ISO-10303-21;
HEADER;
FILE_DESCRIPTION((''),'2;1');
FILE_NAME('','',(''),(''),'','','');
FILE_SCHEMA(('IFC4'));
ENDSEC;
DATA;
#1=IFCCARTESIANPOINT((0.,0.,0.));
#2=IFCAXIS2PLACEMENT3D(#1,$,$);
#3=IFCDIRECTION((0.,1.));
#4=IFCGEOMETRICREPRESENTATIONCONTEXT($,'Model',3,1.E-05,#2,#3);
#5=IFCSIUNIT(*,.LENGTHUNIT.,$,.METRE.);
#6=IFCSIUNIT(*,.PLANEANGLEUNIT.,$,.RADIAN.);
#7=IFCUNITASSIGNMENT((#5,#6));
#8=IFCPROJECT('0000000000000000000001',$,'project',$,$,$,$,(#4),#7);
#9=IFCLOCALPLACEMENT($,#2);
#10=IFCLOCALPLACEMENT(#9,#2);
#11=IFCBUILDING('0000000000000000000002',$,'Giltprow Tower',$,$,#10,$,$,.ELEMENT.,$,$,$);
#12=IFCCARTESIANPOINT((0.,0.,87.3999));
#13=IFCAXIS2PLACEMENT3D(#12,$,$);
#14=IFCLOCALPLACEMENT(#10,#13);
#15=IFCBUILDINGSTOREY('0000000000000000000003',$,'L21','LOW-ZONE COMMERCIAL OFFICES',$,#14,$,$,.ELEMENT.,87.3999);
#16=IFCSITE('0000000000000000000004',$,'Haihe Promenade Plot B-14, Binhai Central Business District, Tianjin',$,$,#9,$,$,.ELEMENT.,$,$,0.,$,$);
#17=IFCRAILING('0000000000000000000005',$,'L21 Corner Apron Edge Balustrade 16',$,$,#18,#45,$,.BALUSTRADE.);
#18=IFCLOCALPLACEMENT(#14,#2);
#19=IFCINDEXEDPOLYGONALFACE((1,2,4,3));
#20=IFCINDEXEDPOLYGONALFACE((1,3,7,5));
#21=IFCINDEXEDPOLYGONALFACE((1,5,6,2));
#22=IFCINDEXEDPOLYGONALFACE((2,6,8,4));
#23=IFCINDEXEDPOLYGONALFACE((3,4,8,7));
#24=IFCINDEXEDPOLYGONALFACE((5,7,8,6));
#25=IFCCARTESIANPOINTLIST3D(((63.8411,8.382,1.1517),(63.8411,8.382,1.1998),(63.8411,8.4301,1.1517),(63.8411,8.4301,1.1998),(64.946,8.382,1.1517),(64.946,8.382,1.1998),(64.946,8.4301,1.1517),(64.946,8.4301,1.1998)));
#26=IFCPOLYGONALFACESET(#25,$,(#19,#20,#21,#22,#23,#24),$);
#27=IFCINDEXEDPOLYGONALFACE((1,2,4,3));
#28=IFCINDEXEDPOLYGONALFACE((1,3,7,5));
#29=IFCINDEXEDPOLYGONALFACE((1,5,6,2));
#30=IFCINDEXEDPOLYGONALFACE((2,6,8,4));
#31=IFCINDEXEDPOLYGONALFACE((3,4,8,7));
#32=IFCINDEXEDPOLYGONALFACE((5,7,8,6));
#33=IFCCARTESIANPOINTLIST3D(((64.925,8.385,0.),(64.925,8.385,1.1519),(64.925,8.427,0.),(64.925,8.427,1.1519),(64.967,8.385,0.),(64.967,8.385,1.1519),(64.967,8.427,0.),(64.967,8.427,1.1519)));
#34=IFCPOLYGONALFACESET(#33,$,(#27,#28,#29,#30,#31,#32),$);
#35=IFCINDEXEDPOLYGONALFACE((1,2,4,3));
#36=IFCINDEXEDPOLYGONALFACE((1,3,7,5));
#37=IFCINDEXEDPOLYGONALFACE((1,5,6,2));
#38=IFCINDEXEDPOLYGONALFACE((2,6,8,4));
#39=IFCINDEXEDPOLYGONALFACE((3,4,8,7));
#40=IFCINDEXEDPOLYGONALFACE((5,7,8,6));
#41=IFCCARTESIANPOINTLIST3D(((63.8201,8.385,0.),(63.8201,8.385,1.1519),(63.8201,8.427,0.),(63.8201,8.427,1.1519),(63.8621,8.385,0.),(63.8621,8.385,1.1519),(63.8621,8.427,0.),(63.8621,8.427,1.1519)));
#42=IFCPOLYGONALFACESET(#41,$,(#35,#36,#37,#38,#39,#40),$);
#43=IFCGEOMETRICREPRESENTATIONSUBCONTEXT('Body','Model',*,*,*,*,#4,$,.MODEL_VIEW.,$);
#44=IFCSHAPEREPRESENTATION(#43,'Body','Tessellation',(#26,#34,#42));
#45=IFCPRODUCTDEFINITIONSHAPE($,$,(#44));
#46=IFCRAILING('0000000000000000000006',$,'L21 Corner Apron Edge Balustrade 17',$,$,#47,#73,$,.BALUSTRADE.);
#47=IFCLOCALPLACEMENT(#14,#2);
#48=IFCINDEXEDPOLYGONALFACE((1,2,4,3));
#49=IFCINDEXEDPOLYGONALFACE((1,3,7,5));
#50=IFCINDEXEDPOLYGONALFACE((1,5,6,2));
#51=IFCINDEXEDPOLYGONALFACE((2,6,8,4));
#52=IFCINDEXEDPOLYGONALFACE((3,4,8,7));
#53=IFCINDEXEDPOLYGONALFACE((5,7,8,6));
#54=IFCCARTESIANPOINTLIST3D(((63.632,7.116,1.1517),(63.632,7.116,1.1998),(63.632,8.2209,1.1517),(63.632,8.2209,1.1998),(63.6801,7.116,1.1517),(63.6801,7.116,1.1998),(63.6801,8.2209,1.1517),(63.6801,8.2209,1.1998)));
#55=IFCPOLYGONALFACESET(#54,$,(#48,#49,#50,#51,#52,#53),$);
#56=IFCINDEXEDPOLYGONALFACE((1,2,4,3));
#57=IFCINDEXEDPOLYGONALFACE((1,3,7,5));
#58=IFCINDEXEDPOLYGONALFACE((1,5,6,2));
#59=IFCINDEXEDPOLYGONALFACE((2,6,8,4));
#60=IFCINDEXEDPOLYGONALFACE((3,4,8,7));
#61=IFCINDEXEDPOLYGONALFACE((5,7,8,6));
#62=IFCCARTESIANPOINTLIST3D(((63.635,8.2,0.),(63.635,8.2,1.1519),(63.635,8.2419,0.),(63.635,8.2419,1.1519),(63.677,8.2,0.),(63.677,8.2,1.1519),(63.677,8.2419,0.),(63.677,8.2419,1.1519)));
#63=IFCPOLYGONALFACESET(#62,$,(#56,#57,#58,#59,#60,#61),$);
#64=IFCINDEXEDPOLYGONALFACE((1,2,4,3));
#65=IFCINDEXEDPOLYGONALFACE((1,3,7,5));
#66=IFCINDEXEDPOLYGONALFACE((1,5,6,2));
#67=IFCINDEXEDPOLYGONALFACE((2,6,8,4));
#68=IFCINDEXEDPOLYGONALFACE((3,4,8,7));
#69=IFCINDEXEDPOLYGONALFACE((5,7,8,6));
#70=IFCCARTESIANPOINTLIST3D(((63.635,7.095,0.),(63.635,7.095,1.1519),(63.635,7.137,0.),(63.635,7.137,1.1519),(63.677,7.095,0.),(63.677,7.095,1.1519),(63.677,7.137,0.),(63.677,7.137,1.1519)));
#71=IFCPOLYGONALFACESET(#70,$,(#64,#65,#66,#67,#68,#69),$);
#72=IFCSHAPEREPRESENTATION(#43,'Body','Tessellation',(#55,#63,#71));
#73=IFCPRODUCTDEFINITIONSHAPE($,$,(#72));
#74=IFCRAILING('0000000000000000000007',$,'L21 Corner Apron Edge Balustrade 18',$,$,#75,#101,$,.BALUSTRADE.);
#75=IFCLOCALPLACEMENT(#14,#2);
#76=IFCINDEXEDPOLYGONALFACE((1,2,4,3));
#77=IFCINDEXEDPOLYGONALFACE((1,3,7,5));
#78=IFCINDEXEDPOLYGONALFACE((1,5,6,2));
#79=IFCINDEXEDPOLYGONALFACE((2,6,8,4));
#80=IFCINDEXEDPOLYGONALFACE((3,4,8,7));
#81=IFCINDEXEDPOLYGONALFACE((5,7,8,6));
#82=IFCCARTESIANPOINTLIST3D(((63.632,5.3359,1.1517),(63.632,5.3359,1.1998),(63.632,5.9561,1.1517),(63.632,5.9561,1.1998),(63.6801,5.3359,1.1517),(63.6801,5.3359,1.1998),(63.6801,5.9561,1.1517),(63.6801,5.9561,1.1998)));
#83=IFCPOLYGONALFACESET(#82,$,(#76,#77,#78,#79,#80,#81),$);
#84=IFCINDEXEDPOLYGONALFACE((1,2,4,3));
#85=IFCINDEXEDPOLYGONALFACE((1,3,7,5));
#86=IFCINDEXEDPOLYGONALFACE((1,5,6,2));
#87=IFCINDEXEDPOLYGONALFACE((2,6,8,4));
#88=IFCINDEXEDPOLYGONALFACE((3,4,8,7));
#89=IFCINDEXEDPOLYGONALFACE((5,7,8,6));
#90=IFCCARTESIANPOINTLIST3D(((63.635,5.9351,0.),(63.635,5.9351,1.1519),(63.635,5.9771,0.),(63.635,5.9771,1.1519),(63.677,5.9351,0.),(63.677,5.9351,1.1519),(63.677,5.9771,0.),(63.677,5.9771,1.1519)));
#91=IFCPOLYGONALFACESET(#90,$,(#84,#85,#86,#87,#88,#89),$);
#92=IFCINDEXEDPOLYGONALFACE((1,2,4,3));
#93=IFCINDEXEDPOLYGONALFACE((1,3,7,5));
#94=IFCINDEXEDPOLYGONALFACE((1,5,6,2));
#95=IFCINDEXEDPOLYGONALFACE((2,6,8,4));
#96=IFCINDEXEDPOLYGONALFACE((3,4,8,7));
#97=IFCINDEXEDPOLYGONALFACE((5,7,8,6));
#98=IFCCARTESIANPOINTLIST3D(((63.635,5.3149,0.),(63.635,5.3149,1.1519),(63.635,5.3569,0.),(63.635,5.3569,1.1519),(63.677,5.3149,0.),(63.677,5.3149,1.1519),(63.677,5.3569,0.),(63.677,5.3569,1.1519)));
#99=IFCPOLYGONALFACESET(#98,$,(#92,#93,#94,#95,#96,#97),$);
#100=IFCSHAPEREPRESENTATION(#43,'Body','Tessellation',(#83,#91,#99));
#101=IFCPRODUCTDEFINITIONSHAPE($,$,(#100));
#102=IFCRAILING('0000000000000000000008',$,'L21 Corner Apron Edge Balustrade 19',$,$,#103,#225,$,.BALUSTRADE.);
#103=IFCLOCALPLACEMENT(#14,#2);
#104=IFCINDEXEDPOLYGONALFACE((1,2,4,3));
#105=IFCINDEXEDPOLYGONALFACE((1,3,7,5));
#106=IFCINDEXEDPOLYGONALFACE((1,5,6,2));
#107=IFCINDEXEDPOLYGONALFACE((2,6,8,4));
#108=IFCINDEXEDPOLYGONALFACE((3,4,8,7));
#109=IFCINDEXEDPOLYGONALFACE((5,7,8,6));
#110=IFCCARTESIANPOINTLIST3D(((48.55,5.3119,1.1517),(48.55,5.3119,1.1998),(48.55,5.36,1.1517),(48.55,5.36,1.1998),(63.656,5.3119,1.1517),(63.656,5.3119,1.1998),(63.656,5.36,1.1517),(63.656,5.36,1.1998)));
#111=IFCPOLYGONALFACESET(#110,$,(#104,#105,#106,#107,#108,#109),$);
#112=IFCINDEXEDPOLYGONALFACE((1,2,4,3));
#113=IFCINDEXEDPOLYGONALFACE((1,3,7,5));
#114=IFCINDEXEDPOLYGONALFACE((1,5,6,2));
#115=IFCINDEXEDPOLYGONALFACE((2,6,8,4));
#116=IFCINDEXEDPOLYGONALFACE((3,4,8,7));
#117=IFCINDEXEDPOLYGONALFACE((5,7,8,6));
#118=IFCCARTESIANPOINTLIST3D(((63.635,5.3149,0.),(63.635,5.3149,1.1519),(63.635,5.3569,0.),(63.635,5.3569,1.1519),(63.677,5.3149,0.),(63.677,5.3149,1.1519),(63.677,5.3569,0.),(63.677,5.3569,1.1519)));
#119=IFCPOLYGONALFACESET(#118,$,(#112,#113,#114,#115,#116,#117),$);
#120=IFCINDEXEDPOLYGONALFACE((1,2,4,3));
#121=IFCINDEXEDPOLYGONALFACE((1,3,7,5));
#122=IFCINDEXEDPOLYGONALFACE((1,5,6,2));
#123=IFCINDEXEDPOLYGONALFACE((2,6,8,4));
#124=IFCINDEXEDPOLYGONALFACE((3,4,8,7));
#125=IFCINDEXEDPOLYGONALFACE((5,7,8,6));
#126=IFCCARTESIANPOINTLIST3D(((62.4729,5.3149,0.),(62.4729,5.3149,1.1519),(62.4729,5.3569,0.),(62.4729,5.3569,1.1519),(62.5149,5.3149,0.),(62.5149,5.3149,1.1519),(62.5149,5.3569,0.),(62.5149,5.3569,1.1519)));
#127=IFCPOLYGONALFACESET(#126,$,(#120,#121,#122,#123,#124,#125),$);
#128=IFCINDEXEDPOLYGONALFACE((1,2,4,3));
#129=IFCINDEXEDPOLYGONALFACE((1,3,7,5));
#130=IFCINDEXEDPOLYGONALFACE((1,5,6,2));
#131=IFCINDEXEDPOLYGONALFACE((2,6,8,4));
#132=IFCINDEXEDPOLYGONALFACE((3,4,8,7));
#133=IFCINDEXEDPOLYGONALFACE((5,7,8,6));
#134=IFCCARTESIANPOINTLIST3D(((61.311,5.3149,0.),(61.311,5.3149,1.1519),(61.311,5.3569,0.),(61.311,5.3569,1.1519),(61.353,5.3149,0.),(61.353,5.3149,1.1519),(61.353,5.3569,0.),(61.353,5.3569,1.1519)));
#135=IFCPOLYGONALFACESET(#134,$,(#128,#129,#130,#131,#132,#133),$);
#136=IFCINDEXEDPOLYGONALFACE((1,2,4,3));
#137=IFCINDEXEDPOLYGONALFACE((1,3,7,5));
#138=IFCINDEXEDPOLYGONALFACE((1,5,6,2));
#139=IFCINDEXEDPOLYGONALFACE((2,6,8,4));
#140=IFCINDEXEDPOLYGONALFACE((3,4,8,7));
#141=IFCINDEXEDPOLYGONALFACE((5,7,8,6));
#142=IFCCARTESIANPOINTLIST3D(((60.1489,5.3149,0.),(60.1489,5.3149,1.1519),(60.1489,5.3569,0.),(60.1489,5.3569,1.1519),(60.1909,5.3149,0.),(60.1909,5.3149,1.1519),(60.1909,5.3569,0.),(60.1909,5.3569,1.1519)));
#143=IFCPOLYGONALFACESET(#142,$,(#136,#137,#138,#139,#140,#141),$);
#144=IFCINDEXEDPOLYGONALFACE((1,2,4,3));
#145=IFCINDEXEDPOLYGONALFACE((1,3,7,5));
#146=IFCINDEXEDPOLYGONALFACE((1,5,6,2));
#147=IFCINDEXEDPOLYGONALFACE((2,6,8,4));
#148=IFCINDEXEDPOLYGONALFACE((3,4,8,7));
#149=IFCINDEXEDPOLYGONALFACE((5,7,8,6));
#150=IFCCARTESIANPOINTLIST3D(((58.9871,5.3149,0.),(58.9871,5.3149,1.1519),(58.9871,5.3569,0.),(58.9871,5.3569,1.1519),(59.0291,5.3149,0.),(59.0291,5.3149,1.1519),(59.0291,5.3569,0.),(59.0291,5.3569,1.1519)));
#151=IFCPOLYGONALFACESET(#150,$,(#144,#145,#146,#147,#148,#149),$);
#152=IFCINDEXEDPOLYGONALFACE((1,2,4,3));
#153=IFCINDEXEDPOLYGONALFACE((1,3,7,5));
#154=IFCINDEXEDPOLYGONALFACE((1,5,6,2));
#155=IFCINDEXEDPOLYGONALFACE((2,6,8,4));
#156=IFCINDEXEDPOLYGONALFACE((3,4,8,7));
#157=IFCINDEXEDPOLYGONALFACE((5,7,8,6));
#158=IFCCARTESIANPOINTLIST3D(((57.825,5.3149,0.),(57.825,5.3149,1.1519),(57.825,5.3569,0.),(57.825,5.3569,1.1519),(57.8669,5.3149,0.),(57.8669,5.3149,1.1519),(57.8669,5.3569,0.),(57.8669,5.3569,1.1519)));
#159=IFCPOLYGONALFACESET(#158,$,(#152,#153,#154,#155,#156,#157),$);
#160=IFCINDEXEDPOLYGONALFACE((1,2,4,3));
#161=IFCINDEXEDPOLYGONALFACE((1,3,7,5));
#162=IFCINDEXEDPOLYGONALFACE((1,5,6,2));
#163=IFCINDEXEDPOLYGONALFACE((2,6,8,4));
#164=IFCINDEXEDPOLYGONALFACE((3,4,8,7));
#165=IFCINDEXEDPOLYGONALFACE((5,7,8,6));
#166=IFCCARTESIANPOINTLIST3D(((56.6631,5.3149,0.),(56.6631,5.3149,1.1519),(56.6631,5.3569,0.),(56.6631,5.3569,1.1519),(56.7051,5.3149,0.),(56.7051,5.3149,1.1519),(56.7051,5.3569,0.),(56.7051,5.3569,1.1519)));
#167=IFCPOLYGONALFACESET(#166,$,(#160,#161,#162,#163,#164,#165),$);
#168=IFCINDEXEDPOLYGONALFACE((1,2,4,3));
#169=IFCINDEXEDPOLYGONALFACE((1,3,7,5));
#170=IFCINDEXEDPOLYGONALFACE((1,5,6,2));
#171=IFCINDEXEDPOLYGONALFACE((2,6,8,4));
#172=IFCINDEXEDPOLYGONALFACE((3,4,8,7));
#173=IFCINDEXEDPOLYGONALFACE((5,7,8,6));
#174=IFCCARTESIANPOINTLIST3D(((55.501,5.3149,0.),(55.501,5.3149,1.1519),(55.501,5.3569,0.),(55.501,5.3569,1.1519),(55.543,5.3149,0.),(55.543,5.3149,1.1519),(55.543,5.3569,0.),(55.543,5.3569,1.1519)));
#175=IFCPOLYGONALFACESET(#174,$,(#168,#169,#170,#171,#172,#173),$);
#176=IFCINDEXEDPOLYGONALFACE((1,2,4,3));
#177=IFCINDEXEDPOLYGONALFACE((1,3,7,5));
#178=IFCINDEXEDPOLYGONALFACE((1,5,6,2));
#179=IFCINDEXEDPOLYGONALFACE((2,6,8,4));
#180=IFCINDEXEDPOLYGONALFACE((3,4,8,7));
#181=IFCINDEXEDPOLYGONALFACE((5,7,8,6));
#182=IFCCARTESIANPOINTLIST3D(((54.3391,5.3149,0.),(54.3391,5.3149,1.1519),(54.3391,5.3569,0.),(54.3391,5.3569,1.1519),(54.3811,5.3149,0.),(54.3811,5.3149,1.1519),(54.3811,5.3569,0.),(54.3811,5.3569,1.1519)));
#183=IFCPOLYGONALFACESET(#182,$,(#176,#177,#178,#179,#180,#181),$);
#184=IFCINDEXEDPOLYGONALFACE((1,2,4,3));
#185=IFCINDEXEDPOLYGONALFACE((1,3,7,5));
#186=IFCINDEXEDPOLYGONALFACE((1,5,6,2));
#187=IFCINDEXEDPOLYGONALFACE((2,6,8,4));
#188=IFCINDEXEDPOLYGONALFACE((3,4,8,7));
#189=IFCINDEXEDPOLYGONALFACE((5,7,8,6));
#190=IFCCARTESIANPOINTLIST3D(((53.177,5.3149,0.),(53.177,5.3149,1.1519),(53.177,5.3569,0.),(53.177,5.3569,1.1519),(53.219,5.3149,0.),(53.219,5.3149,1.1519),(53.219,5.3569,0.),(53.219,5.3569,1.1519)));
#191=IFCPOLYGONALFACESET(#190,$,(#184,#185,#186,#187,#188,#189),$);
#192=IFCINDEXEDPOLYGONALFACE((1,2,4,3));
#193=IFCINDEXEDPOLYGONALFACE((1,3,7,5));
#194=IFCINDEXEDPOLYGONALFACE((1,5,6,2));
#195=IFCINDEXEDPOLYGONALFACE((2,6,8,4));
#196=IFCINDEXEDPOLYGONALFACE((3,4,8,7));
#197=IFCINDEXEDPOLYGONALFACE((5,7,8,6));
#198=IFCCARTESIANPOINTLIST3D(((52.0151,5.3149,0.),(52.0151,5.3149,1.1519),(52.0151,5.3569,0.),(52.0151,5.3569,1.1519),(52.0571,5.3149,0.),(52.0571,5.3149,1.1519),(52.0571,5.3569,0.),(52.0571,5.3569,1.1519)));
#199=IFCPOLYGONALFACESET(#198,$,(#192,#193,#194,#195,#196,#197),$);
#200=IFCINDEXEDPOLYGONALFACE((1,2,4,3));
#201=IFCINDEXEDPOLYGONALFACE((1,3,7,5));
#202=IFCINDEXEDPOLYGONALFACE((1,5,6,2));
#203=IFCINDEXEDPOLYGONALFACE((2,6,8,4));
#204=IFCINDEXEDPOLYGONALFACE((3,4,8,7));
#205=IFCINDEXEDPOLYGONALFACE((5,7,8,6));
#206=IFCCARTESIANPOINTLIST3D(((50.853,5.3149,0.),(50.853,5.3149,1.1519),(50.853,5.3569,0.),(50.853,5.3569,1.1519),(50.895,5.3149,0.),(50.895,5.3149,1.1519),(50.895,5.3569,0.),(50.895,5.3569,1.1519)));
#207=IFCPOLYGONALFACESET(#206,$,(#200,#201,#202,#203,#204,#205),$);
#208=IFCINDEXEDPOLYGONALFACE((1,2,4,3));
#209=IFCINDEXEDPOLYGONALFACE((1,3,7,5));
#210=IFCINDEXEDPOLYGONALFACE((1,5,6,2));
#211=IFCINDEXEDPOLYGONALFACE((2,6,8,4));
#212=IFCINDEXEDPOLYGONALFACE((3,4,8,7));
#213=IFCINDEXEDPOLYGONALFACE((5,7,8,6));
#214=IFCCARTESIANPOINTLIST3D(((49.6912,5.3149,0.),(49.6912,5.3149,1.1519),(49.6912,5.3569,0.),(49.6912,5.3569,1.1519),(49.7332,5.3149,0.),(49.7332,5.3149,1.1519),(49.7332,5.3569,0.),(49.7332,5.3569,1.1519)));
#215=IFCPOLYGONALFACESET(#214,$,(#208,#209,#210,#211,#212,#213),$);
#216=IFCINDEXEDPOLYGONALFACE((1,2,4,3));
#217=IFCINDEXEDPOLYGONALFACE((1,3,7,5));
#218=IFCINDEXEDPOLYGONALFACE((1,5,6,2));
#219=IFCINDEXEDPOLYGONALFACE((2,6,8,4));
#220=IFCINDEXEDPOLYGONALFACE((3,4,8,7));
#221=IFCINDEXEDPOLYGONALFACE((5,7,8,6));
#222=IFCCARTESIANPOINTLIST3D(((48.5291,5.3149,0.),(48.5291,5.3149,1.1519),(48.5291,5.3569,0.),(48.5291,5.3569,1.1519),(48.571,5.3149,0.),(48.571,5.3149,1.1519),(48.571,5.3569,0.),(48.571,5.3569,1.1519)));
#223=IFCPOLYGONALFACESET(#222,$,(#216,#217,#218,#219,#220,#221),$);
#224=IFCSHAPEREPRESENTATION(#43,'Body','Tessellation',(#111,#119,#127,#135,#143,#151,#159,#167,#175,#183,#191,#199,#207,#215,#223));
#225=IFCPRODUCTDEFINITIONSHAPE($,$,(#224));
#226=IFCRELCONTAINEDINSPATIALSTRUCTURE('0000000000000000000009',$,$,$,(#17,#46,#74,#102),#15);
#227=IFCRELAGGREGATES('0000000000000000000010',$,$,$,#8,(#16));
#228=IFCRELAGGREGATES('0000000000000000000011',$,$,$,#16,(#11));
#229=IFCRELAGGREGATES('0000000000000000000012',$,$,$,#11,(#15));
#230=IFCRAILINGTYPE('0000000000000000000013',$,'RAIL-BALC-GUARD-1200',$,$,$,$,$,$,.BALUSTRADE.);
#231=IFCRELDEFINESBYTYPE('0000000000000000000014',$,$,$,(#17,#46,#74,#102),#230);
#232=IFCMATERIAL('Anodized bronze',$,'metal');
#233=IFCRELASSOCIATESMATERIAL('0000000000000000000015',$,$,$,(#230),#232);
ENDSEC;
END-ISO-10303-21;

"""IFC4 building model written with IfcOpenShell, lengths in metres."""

from ifc_helpers import new_model, si_unit, direction, frame, origin, origin_2d, place, context, subcontext, project, spatial, rectangle, extrude, material, type_object, element, save


model = new_model("IFC4")

# Units and contexts
model_context = context("Model", 3, precision=1e-05, world=origin(), true_north=direction((0.0, 1.0)))
body_context = subcontext(model_context, "Body", "Model", "MODEL_VIEW")
ifc_project = project(units=[si_unit("LENGTHUNIT", "METRE"), si_unit("PLANEANGLEUNIT", "RADIAN")], contexts=[model_context])

# Site, building, storey
site_placement = place(None, origin())
site = spatial("IfcSite", under=ifc_project, at=site_placement, Name="Haihe Promenade Plot B-14, Binhai Central Business District, Tianjin", CompositionType="ELEMENT", RefElevation=0.0)
building_placement = place(site_placement, origin())
building = spatial("IfcBuilding", under=site, at=building_placement, Name="Giltprow Tower", CompositionType="ELEMENT")
storey_placement = place(building_placement, frame((0.0, 0.0, 87.3999)))
storey = spatial("IfcBuildingStorey", under=building, at=storey_placement, Name="L21", Description="LOW-ZONE COMMERCIAL OFFICES", CompositionType="ELEMENT", Elevation=87.3999)

# Shared definitions
ifc_material_1 = material(Name="Anodized bronze", Category="metal")

# Railings
railing_type = type_object("IfcRailingType", Name="RAIL-BALC-GUARD-1200", PredefinedType="BALUSTRADE", material=ifc_material_1)
railing_1_placement = place(storey_placement, frame((64.946, 8.406, 0.0)))
element("IfcRailing", 1, at=railing_1_placement, inside=storey, type_object=railing_type, Name="L21 Corner Apron Edge Balustrade 16", PredefinedType="BALUSTRADE", context=body_context, shape_type="SweptSolid", body=[
    extrude(rectangle(XDim=0.0481, YDim=0.0481, at=origin_2d()), frame((0.0, 0.0, 1.1758), z_axis=(-1.0, 0.0, 0.0), x_axis=(0.0, -1.0, 0.0)), (0.0, 0.0, 1.0), 1.105),
    extrude(rectangle(XDim=0.042, YDim=0.042, at=origin_2d()), origin(), (0.0, 0.0, 1.0), 1.1519),
    extrude(rectangle(XDim=0.042, YDim=0.042, at=origin_2d()), frame((-1.105, 0.0, 0.0)), (0.0, 0.0, 1.0), 1.1519),
])
railing_2_placement = place(storey_placement, frame((63.656, 8.2209, 0.0)))
element("IfcRailing", 2, at=railing_2_placement, inside=storey, type_object=railing_type, Name="L21 Corner Apron Edge Balustrade 17", PredefinedType="BALUSTRADE", context=body_context, shape_type="SweptSolid", body=[
    extrude(rectangle(XDim=0.0481, YDim=0.0481, at=origin_2d()), frame((0.0, 0.0, 1.1758), z_axis=(0.0, -1.0, 0.0), x_axis=(1.0, 0.0, 0.0)), (0.0, 0.0, 1.0), 1.105),
    extrude(rectangle(XDim=0.042, YDim=0.042, at=origin_2d()), origin(), (0.0, 0.0, 1.0), 1.1519),
    extrude(rectangle(XDim=0.042, YDim=0.042, at=origin_2d()), frame((0.0, -1.105, 0.0)), (0.0, 0.0, 1.0), 1.1519),
])
railing_3_placement = place(storey_placement, frame((63.656, 5.9561, 0.0)))
element("IfcRailing", 3, at=railing_3_placement, inside=storey, type_object=railing_type, Name="L21 Corner Apron Edge Balustrade 18", PredefinedType="BALUSTRADE", context=body_context, shape_type="SweptSolid", body=[
    extrude(rectangle(XDim=0.0481, YDim=0.0481, at=origin_2d()), frame((0.0, 0.0, 1.1758), z_axis=(0.0, -1.0, 0.0), x_axis=(1.0, 0.0, 0.0)), (0.0, 0.0, 1.0), 0.6201),
    extrude(rectangle(XDim=0.042, YDim=0.042, at=origin_2d()), origin(), (0.0, 0.0, 1.0), 1.1519),
    extrude(rectangle(XDim=0.042, YDim=0.042, at=origin_2d()), frame((0.0, -0.6201, 0.0)), (0.0, 0.0, 1.0), 1.1519),
])
railing_4_placement = place(storey_placement, frame((63.656, 5.3359, 0.0)))
element("IfcRailing", 4, at=railing_4_placement, inside=storey, type_object=railing_type, Name="L21 Corner Apron Edge Balustrade 19", PredefinedType="BALUSTRADE", context=body_context, shape_type="SweptSolid", body=[
    extrude(rectangle(XDim=0.0481, YDim=0.0481, at=origin_2d()), frame((0.0, 0.0, 1.1758), z_axis=(-1.0, 0.0, 0.0), x_axis=(0.0, -1.0, 0.0)), (0.0, 0.0, 1.0), 15.106),
    extrude(rectangle(XDim=0.042, YDim=0.042, at=origin_2d()), origin(), (0.0, 0.0, 1.0), 1.1519),
    extrude(rectangle(XDim=0.042, YDim=0.042, at=origin_2d()), frame((-1.1621, 0.0, 0.0)), (0.0, 0.0, 1.0), 1.1519),
    extrude(rectangle(XDim=0.042, YDim=0.042, at=origin_2d()), frame((-2.324, 0.0, 0.0)), (0.0, 0.0, 1.0), 1.1519),
    extrude(rectangle(XDim=0.042, YDim=0.042, at=origin_2d()), frame((-3.4861, 0.0, 0.0)), (0.0, 0.0, 1.0), 1.1519),
    extrude(rectangle(XDim=0.042, YDim=0.042, at=origin_2d()), frame((-4.6479, 0.0, 0.0)), (0.0, 0.0, 1.0), 1.1519),
    extrude(rectangle(XDim=0.042, YDim=0.042, at=origin_2d()), frame((-5.8101, 0.0, 0.0)), (0.0, 0.0, 1.0), 1.1519),
    extrude(rectangle(XDim=0.042, YDim=0.042, at=origin_2d()), frame((-6.9719, 0.0, 0.0)), (0.0, 0.0, 1.0), 1.1519),
    extrude(rectangle(XDim=0.042, YDim=0.042, at=origin_2d()), frame((-8.134, 0.0, 0.0)), (0.0, 0.0, 1.0), 1.1519),
    extrude(rectangle(XDim=0.042, YDim=0.042, at=origin_2d()), frame((-9.2959, 0.0, 0.0)), (0.0, 0.0, 1.0), 1.1519),
    extrude(rectangle(XDim=0.042, YDim=0.042, at=origin_2d()), frame((-10.458, 0.0, 0.0)), (0.0, 0.0, 1.0), 1.1519),
    extrude(rectangle(XDim=0.042, YDim=0.042, at=origin_2d()), frame((-11.6199, 0.0, 0.0)), (0.0, 0.0, 1.0), 1.1519),
    extrude(rectangle(XDim=0.042, YDim=0.042, at=origin_2d()), frame((-12.782, 0.0, 0.0)), (0.0, 0.0, 1.0), 1.1519),
    extrude(rectangle(XDim=0.042, YDim=0.042, at=origin_2d()), frame((-13.9438, 0.0, 0.0)), (0.0, 0.0, 1.0), 1.1519),
    extrude(rectangle(XDim=0.042, YDim=0.042, at=origin_2d()), frame((-15.106, 0.0, 0.0)), (0.0, 0.0, 1.0), 1.1519),
])

save(model, "model.ifc")
